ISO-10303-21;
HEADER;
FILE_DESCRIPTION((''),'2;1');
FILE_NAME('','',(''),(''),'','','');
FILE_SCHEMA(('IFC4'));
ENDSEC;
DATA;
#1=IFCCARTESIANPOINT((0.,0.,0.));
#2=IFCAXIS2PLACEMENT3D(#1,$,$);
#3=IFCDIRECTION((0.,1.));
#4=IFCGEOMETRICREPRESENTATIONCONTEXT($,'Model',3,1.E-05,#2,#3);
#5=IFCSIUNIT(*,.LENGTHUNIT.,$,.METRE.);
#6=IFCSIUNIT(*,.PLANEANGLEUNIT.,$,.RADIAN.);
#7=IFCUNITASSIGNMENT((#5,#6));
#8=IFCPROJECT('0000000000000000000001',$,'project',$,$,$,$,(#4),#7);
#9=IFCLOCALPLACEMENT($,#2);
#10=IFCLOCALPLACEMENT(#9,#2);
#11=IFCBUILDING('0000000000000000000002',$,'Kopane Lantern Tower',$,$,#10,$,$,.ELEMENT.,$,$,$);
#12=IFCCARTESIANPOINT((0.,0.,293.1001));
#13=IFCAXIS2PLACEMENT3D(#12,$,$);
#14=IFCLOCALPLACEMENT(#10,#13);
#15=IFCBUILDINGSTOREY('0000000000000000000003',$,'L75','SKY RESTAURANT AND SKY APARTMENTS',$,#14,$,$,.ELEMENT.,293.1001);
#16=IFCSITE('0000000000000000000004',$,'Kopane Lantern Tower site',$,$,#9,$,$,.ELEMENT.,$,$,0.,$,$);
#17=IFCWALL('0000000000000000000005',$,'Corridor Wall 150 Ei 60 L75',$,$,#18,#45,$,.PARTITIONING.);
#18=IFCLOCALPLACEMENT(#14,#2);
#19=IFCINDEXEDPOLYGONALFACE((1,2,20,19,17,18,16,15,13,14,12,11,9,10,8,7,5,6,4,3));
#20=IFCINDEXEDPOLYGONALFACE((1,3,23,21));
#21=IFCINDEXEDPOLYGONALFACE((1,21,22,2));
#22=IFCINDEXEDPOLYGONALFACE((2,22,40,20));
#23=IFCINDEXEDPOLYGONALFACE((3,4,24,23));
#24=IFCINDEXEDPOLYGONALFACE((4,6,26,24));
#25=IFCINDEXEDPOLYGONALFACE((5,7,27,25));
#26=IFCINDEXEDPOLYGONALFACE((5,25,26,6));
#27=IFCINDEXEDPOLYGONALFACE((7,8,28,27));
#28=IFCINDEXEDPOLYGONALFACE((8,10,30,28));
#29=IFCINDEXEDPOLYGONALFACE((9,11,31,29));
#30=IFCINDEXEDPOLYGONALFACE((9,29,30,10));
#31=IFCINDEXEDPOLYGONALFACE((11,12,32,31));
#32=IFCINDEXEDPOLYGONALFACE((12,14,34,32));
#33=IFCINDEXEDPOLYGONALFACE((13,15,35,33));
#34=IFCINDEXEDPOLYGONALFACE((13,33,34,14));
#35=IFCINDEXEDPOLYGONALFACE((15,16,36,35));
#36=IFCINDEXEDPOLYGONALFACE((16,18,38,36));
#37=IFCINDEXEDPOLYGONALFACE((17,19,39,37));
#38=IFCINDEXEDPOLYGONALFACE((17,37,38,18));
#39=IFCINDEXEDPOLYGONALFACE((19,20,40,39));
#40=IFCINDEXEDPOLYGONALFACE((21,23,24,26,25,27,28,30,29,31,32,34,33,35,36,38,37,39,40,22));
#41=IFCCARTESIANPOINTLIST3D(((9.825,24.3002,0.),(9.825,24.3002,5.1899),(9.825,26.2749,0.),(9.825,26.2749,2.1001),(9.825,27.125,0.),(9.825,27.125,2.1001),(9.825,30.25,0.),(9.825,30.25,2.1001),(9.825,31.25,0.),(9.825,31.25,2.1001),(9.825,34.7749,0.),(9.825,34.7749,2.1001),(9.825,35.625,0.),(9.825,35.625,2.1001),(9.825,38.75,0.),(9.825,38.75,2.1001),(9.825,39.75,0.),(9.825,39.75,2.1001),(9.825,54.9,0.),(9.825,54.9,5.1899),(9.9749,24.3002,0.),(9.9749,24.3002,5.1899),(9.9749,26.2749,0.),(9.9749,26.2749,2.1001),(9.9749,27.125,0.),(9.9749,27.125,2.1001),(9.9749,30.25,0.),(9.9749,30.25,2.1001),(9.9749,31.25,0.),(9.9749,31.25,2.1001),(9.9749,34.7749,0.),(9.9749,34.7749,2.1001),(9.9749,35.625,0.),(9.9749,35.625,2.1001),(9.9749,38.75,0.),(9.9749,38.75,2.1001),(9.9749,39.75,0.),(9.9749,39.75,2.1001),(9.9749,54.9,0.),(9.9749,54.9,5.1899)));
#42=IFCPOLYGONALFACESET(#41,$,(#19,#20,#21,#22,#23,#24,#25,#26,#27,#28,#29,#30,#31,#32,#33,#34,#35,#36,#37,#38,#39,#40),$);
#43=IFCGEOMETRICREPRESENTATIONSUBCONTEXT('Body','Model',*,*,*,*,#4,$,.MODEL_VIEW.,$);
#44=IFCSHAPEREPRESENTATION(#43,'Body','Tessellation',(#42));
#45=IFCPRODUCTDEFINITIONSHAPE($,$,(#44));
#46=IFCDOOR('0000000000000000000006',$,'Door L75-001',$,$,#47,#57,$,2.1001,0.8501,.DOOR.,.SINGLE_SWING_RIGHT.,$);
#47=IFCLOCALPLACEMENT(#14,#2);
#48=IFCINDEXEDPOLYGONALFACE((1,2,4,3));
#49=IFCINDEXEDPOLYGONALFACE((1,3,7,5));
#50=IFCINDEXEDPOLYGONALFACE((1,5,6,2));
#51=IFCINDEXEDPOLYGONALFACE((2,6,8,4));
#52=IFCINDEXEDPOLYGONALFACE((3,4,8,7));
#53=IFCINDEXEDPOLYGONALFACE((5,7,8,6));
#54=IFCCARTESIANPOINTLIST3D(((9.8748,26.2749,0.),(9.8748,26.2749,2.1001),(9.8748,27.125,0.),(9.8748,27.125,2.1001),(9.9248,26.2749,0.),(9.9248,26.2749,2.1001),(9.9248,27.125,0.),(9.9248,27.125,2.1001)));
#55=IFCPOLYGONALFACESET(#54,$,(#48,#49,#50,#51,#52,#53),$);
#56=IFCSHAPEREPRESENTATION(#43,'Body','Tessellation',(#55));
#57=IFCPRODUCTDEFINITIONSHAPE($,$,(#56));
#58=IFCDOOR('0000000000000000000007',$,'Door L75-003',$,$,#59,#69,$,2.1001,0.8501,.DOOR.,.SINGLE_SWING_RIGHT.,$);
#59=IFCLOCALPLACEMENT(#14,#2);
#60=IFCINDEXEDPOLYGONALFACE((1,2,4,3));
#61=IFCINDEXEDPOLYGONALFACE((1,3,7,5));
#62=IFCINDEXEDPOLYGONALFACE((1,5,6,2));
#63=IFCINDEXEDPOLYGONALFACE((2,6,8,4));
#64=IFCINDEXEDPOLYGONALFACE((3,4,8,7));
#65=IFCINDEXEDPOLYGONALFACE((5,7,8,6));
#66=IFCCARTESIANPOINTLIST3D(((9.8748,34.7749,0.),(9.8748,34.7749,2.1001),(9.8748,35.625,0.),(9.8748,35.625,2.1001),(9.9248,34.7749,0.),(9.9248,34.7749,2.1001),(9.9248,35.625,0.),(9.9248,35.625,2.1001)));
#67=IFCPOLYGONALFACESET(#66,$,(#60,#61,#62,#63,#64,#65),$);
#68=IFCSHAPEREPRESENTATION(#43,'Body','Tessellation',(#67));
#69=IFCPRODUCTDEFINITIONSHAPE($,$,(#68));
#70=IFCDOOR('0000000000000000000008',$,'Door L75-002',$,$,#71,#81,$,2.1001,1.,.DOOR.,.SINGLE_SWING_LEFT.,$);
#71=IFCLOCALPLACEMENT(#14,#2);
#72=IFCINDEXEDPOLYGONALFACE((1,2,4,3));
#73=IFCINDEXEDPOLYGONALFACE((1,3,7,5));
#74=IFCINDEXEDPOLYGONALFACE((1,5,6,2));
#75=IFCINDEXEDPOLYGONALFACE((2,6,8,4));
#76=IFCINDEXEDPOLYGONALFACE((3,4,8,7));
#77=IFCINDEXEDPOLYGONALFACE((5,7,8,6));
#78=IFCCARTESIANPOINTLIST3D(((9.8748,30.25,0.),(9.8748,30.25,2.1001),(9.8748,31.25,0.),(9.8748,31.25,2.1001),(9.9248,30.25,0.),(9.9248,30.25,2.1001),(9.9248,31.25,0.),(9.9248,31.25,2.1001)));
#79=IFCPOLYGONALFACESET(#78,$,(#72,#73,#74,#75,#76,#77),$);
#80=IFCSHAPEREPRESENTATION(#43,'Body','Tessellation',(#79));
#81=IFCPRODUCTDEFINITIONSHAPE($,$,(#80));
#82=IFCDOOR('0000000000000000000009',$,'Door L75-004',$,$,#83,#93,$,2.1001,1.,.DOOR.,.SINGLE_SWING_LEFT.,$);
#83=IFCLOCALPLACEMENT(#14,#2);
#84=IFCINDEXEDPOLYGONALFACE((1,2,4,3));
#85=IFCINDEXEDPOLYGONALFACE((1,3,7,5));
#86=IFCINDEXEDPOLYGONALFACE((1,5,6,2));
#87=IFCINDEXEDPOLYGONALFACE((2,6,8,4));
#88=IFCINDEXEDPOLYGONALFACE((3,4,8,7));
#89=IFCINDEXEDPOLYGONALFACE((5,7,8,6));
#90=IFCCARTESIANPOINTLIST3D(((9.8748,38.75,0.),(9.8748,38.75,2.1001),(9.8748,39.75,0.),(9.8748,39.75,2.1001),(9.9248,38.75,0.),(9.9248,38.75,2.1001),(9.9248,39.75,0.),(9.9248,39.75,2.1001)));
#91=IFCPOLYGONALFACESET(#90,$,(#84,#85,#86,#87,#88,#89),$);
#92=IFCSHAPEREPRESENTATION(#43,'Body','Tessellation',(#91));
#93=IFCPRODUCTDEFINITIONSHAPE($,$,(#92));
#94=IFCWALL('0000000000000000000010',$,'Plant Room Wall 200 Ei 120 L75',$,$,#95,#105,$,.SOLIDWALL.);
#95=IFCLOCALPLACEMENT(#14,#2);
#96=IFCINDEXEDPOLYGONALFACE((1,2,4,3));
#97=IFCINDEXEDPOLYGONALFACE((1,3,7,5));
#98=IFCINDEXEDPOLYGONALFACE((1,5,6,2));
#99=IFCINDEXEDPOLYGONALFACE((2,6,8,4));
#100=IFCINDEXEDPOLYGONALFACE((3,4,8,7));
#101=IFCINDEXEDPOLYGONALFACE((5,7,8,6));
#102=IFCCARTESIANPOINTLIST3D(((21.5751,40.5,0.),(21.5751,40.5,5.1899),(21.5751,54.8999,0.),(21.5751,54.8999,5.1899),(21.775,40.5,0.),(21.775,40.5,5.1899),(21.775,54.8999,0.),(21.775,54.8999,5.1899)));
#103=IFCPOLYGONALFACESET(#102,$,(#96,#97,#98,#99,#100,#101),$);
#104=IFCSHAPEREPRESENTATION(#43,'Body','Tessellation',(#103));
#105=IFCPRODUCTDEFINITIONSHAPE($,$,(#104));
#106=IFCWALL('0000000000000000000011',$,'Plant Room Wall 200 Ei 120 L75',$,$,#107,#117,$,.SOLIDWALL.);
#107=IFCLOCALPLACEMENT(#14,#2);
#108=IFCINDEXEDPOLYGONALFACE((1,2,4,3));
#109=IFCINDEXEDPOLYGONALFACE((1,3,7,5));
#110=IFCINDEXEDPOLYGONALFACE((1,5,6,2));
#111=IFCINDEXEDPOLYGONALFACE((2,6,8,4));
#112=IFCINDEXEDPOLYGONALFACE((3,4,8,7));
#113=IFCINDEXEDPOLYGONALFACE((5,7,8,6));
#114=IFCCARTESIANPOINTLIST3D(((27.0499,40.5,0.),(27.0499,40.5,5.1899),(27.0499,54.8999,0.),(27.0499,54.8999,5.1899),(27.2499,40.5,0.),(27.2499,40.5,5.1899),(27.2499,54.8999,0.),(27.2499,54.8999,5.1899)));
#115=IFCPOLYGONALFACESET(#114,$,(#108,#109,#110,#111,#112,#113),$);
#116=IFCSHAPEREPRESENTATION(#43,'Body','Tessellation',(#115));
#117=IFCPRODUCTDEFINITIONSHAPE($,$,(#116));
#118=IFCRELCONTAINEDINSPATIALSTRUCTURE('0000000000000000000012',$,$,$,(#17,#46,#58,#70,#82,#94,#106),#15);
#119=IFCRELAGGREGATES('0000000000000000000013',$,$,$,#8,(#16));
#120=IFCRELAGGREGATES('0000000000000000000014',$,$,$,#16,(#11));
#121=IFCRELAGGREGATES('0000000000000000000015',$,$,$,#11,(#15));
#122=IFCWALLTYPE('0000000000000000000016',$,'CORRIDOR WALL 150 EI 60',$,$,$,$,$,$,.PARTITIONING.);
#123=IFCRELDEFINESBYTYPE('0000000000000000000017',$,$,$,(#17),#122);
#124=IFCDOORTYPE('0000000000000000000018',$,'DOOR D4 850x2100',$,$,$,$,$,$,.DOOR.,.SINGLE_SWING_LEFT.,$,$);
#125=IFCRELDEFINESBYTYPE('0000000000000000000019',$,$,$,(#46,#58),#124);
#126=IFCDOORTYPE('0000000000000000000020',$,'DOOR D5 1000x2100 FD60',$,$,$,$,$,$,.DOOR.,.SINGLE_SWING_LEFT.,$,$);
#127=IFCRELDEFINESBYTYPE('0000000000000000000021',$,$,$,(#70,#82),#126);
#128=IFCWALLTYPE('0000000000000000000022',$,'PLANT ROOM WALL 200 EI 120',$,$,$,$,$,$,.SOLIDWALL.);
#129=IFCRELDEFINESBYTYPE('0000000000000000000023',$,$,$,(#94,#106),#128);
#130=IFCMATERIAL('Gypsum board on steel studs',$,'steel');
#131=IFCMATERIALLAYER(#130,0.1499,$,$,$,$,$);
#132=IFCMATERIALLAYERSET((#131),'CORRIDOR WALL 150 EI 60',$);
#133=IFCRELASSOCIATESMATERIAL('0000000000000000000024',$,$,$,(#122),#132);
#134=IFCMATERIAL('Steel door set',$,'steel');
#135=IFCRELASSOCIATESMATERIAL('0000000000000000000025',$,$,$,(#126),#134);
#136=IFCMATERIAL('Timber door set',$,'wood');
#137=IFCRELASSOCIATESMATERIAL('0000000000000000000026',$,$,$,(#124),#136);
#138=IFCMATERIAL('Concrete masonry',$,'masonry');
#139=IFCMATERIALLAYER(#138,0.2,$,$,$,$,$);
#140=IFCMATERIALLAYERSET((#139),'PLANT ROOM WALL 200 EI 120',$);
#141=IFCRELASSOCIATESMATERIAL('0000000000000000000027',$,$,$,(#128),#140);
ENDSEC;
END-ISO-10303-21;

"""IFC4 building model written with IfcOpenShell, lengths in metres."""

from ifc_helpers import new_model, si_unit, direction, frame, frame_2d, origin, place, context, subcontext, project, spatial, rectangle, extrude, material, layer, layer_set, type_object, element, fill, save


model = new_model("IFC4")

# Units and contexts
model_context = context("Model", 3, precision=1e-05, world=origin(), true_north=direction((0.0, 1.0)))
body_context = subcontext(model_context, "Body", "Model", "MODEL_VIEW")
ifc_project = project(units=[si_unit("LENGTHUNIT", "METRE"), si_unit("PLANEANGLEUNIT", "RADIAN")], contexts=[model_context])

# Site, building, storey
site_placement = place(None, origin())
site = spatial("IfcSite", under=ifc_project, at=site_placement, Name="Kopane Lantern Tower site", CompositionType="ELEMENT", RefElevation=0.0)
building_placement = place(site_placement, origin())
building = spatial("IfcBuilding", under=site, at=building_placement, Name="Kopane Lantern Tower", CompositionType="ELEMENT")
storey_placement = place(building_placement, frame((0.0, 0.0, 293.1001)))
storey = spatial("IfcBuildingStorey", under=building, at=storey_placement, Name="L75", Description="SKY RESTAURANT AND SKY APARTMENTS", CompositionType="ELEMENT", Elevation=293.1001)

# Wall, openings, doors
ifc_material_1 = material(Name="Gypsum board on steel studs", Category="steel")
ifc_layer_1 = layer(ifc_material_1, 0.1499)
ifc_layer_set_1 = layer_set([ifc_layer_1], Name="CORRIDOR WALL 150 EI 60")
wall_type_1 = type_object("IfcWallType", Name="CORRIDOR WALL 150 EI 60", PredefinedType="PARTITIONING", material=ifc_layer_set_1)
ifc_material_2 = material(Name="Steel door set", Category="steel")
door_type_1 = type_object("IfcDoorType", Name="DOOR D5 1000x2100 FD60", OperationType="SINGLE_SWING_LEFT", PredefinedType="DOOR", material=ifc_material_2)
wall_1_placement = place(storey_placement, frame((9.8999, 54.8999, 0.0), z_axis=(0.0, 0.0, 1.0), x_axis=(0.0, -1.0, 0.0)))
wall_1 = element("IfcWall", 1, at=wall_1_placement, inside=storey, type_object=wall_type_1, Name="Corridor Wall 150 Ei 60 L75", PredefinedType="PARTITIONING", context=body_context, shape_type="SweptSolid", body=[
    extrude(rectangle(XDim=30.5999, YDim=0.1499, at=frame_2d((15.2998, 0.0))), origin(), (0.0, 0.0, 1.0), 5.1899),
])
opening_1_placement = place(wall_1_placement, frame((27.7749, 0.0, 0.0)))
opening_1 = element("IfcOpeningElement", 2, at=opening_1_placement, cuts=wall_1, PredefinedType="OPENING", context=body_context, shape_type="SweptSolid", body=[
    extrude(rectangle(XDim=0.8501, YDim=2.1001, at=frame_2d((0.425, 1.05))), frame((0.0, 0.085, 0.0), z_axis=(0.0, -1.0, 0.0), x_axis=(1.0, 0.0, 0.0)), (0.0, 0.0, 1.0), 0.1699),
])
opening_2_placement = place(wall_1_placement, frame((23.6499, 0.0, 0.0)))
opening_2 = element("IfcOpeningElement", 3, at=opening_2_placement, cuts=wall_1, PredefinedType="OPENING", context=body_context, shape_type="SweptSolid", body=[
    extrude(rectangle(XDim=1.0, YDim=2.1001, at=frame_2d((0.5, 1.05))), frame((0.0, 0.085, 0.0), z_axis=(0.0, -1.0, 0.0), x_axis=(1.0, 0.0, 0.0)), (0.0, 0.0, 1.0), 0.1699),
])
opening_3_placement = place(wall_1_placement, frame((19.2749, 0.0, 0.0)))
opening_3 = element("IfcOpeningElement", 4, at=opening_3_placement, cuts=wall_1, PredefinedType="OPENING", context=body_context, shape_type="SweptSolid", body=[
    extrude(rectangle(XDim=0.8501, YDim=2.1001, at=frame_2d((0.425, 1.05))), frame((0.0, 0.085, 0.0), z_axis=(0.0, -1.0, 0.0), x_axis=(1.0, 0.0, 0.0)), (0.0, 0.0, 1.0), 0.1699),
])
opening_4_placement = place(wall_1_placement, frame((15.1499, 0.0, 0.0)))
opening_4 = element("IfcOpeningElement", 5, at=opening_4_placement, cuts=wall_1, PredefinedType="OPENING", context=body_context, shape_type="SweptSolid", body=[
    extrude(rectangle(XDim=1.0, YDim=2.1001, at=frame_2d((0.5, 1.05))), frame((0.0, 0.085, 0.0), z_axis=(0.0, -1.0, 0.0), x_axis=(1.0, 0.0, 0.0)), (0.0, 0.0, 1.0), 0.1699),
])
ifc_material_3 = material(Name="Timber door set", Category="wood")
door_type_2 = type_object("IfcDoorType", Name="DOOR D4 850x2100", OperationType="SINGLE_SWING_LEFT", PredefinedType="DOOR", material=ifc_material_3)
door_1_placement = place(opening_1_placement, origin())
door_1 = element("IfcDoor", 6, at=door_1_placement, inside=storey, type_object=door_type_2, Name="Door L75-001", OperationType="SINGLE_SWING_RIGHT", OverallHeight=2.1001, OverallWidth=0.8501, PredefinedType="DOOR", context=body_context, shape_type="SweptSolid", body=[
    extrude(rectangle(XDim=0.8501, YDim=2.1001, at=frame_2d((0.425, 1.05))), frame((0.0, 0.0249, 0.0), z_axis=(0.0, -1.0, 0.0), x_axis=(1.0, 0.0, 0.0)), (0.0, 0.0, 1.0), 0.05),
])
fill(opening_1, door_1)
door_2_placement = place(opening_3_placement, origin())
door_2 = element("IfcDoor", 7, at=door_2_placement, inside=storey, type_object=door_type_2, Name="Door L75-003", OperationType="SINGLE_SWING_RIGHT", OverallHeight=2.1001, OverallWidth=0.8501, PredefinedType="DOOR", context=body_context, shape_type="SweptSolid", body=[
    extrude(rectangle(XDim=0.8501, YDim=2.1001, at=frame_2d((0.425, 1.05))), frame((0.0, 0.0249, 0.0), z_axis=(0.0, -1.0, 0.0), x_axis=(1.0, 0.0, 0.0)), (0.0, 0.0, 1.0), 0.05),
])
fill(opening_3, door_2)
door_3_placement = place(opening_2_placement, origin())
door_3 = element("IfcDoor", 8, at=door_3_placement, inside=storey, type_object=door_type_1, Name="Door L75-002", OperationType="SINGLE_SWING_LEFT", OverallHeight=2.1001, OverallWidth=1.0, PredefinedType="DOOR", context=body_context, shape_type="SweptSolid", body=[
    extrude(rectangle(XDim=1.0, YDim=2.1001, at=frame_2d((0.5, 1.05))), frame((0.0, 0.0249, 0.0), z_axis=(0.0, -1.0, 0.0), x_axis=(1.0, 0.0, 0.0)), (0.0, 0.0, 1.0), 0.05),
])
fill(opening_2, door_3)
door_4_placement = place(opening_4_placement, origin())
door_4 = element("IfcDoor", 9, at=door_4_placement, inside=storey, type_object=door_type_1, Name="Door L75-004", OperationType="SINGLE_SWING_LEFT", OverallHeight=2.1001, OverallWidth=1.0, PredefinedType="DOOR", context=body_context, shape_type="SweptSolid", body=[
    extrude(rectangle(XDim=1.0, YDim=2.1001, at=frame_2d((0.5, 1.05))), frame((0.0, 0.0249, 0.0), z_axis=(0.0, -1.0, 0.0), x_axis=(1.0, 0.0, 0.0)), (0.0, 0.0, 1.0), 0.05),
])
fill(opening_4, door_4)

# Walls
ifc_material_4 = material(Name="Concrete masonry", Category="masonry")
ifc_layer_2 = layer(ifc_material_4, 0.2)
ifc_layer_set_2 = layer_set([ifc_layer_2], Name="PLANT ROOM WALL 200 EI 120")
wall_type_2 = type_object("IfcWallType", Name="PLANT ROOM WALL 200 EI 120", PredefinedType="SOLIDWALL", material=ifc_layer_set_2)
for number, where, z_axis, x_axis, name in (
    (10, (21.675, 54.8999, 0.0), (0.0, 0.0, 1.0), (0.0, -1.0, 0.0), "Plant Room Wall 200 Ei 120 L75"),
    (11, (27.1499, 40.5, 0.0), (0.0, 0.0, 1.0), (0.0, 1.0, 0.0), "Plant Room Wall 200 Ei 120 L75"),
):
    element("IfcWall", number, at=place(storey_placement, frame(where, z_axis=z_axis, x_axis=x_axis)), inside=storey, type_object=wall_type_2, Name=name, PredefinedType="SOLIDWALL", context=body_context, shape_type="SweptSolid", body=[
        extrude(rectangle(XDim=14.3999, YDim=0.2, at=frame_2d((7.2, 0.0))), origin(), (0.0, 0.0, 1.0), 5.1899),
    ])

save(model, "model.ifc")
